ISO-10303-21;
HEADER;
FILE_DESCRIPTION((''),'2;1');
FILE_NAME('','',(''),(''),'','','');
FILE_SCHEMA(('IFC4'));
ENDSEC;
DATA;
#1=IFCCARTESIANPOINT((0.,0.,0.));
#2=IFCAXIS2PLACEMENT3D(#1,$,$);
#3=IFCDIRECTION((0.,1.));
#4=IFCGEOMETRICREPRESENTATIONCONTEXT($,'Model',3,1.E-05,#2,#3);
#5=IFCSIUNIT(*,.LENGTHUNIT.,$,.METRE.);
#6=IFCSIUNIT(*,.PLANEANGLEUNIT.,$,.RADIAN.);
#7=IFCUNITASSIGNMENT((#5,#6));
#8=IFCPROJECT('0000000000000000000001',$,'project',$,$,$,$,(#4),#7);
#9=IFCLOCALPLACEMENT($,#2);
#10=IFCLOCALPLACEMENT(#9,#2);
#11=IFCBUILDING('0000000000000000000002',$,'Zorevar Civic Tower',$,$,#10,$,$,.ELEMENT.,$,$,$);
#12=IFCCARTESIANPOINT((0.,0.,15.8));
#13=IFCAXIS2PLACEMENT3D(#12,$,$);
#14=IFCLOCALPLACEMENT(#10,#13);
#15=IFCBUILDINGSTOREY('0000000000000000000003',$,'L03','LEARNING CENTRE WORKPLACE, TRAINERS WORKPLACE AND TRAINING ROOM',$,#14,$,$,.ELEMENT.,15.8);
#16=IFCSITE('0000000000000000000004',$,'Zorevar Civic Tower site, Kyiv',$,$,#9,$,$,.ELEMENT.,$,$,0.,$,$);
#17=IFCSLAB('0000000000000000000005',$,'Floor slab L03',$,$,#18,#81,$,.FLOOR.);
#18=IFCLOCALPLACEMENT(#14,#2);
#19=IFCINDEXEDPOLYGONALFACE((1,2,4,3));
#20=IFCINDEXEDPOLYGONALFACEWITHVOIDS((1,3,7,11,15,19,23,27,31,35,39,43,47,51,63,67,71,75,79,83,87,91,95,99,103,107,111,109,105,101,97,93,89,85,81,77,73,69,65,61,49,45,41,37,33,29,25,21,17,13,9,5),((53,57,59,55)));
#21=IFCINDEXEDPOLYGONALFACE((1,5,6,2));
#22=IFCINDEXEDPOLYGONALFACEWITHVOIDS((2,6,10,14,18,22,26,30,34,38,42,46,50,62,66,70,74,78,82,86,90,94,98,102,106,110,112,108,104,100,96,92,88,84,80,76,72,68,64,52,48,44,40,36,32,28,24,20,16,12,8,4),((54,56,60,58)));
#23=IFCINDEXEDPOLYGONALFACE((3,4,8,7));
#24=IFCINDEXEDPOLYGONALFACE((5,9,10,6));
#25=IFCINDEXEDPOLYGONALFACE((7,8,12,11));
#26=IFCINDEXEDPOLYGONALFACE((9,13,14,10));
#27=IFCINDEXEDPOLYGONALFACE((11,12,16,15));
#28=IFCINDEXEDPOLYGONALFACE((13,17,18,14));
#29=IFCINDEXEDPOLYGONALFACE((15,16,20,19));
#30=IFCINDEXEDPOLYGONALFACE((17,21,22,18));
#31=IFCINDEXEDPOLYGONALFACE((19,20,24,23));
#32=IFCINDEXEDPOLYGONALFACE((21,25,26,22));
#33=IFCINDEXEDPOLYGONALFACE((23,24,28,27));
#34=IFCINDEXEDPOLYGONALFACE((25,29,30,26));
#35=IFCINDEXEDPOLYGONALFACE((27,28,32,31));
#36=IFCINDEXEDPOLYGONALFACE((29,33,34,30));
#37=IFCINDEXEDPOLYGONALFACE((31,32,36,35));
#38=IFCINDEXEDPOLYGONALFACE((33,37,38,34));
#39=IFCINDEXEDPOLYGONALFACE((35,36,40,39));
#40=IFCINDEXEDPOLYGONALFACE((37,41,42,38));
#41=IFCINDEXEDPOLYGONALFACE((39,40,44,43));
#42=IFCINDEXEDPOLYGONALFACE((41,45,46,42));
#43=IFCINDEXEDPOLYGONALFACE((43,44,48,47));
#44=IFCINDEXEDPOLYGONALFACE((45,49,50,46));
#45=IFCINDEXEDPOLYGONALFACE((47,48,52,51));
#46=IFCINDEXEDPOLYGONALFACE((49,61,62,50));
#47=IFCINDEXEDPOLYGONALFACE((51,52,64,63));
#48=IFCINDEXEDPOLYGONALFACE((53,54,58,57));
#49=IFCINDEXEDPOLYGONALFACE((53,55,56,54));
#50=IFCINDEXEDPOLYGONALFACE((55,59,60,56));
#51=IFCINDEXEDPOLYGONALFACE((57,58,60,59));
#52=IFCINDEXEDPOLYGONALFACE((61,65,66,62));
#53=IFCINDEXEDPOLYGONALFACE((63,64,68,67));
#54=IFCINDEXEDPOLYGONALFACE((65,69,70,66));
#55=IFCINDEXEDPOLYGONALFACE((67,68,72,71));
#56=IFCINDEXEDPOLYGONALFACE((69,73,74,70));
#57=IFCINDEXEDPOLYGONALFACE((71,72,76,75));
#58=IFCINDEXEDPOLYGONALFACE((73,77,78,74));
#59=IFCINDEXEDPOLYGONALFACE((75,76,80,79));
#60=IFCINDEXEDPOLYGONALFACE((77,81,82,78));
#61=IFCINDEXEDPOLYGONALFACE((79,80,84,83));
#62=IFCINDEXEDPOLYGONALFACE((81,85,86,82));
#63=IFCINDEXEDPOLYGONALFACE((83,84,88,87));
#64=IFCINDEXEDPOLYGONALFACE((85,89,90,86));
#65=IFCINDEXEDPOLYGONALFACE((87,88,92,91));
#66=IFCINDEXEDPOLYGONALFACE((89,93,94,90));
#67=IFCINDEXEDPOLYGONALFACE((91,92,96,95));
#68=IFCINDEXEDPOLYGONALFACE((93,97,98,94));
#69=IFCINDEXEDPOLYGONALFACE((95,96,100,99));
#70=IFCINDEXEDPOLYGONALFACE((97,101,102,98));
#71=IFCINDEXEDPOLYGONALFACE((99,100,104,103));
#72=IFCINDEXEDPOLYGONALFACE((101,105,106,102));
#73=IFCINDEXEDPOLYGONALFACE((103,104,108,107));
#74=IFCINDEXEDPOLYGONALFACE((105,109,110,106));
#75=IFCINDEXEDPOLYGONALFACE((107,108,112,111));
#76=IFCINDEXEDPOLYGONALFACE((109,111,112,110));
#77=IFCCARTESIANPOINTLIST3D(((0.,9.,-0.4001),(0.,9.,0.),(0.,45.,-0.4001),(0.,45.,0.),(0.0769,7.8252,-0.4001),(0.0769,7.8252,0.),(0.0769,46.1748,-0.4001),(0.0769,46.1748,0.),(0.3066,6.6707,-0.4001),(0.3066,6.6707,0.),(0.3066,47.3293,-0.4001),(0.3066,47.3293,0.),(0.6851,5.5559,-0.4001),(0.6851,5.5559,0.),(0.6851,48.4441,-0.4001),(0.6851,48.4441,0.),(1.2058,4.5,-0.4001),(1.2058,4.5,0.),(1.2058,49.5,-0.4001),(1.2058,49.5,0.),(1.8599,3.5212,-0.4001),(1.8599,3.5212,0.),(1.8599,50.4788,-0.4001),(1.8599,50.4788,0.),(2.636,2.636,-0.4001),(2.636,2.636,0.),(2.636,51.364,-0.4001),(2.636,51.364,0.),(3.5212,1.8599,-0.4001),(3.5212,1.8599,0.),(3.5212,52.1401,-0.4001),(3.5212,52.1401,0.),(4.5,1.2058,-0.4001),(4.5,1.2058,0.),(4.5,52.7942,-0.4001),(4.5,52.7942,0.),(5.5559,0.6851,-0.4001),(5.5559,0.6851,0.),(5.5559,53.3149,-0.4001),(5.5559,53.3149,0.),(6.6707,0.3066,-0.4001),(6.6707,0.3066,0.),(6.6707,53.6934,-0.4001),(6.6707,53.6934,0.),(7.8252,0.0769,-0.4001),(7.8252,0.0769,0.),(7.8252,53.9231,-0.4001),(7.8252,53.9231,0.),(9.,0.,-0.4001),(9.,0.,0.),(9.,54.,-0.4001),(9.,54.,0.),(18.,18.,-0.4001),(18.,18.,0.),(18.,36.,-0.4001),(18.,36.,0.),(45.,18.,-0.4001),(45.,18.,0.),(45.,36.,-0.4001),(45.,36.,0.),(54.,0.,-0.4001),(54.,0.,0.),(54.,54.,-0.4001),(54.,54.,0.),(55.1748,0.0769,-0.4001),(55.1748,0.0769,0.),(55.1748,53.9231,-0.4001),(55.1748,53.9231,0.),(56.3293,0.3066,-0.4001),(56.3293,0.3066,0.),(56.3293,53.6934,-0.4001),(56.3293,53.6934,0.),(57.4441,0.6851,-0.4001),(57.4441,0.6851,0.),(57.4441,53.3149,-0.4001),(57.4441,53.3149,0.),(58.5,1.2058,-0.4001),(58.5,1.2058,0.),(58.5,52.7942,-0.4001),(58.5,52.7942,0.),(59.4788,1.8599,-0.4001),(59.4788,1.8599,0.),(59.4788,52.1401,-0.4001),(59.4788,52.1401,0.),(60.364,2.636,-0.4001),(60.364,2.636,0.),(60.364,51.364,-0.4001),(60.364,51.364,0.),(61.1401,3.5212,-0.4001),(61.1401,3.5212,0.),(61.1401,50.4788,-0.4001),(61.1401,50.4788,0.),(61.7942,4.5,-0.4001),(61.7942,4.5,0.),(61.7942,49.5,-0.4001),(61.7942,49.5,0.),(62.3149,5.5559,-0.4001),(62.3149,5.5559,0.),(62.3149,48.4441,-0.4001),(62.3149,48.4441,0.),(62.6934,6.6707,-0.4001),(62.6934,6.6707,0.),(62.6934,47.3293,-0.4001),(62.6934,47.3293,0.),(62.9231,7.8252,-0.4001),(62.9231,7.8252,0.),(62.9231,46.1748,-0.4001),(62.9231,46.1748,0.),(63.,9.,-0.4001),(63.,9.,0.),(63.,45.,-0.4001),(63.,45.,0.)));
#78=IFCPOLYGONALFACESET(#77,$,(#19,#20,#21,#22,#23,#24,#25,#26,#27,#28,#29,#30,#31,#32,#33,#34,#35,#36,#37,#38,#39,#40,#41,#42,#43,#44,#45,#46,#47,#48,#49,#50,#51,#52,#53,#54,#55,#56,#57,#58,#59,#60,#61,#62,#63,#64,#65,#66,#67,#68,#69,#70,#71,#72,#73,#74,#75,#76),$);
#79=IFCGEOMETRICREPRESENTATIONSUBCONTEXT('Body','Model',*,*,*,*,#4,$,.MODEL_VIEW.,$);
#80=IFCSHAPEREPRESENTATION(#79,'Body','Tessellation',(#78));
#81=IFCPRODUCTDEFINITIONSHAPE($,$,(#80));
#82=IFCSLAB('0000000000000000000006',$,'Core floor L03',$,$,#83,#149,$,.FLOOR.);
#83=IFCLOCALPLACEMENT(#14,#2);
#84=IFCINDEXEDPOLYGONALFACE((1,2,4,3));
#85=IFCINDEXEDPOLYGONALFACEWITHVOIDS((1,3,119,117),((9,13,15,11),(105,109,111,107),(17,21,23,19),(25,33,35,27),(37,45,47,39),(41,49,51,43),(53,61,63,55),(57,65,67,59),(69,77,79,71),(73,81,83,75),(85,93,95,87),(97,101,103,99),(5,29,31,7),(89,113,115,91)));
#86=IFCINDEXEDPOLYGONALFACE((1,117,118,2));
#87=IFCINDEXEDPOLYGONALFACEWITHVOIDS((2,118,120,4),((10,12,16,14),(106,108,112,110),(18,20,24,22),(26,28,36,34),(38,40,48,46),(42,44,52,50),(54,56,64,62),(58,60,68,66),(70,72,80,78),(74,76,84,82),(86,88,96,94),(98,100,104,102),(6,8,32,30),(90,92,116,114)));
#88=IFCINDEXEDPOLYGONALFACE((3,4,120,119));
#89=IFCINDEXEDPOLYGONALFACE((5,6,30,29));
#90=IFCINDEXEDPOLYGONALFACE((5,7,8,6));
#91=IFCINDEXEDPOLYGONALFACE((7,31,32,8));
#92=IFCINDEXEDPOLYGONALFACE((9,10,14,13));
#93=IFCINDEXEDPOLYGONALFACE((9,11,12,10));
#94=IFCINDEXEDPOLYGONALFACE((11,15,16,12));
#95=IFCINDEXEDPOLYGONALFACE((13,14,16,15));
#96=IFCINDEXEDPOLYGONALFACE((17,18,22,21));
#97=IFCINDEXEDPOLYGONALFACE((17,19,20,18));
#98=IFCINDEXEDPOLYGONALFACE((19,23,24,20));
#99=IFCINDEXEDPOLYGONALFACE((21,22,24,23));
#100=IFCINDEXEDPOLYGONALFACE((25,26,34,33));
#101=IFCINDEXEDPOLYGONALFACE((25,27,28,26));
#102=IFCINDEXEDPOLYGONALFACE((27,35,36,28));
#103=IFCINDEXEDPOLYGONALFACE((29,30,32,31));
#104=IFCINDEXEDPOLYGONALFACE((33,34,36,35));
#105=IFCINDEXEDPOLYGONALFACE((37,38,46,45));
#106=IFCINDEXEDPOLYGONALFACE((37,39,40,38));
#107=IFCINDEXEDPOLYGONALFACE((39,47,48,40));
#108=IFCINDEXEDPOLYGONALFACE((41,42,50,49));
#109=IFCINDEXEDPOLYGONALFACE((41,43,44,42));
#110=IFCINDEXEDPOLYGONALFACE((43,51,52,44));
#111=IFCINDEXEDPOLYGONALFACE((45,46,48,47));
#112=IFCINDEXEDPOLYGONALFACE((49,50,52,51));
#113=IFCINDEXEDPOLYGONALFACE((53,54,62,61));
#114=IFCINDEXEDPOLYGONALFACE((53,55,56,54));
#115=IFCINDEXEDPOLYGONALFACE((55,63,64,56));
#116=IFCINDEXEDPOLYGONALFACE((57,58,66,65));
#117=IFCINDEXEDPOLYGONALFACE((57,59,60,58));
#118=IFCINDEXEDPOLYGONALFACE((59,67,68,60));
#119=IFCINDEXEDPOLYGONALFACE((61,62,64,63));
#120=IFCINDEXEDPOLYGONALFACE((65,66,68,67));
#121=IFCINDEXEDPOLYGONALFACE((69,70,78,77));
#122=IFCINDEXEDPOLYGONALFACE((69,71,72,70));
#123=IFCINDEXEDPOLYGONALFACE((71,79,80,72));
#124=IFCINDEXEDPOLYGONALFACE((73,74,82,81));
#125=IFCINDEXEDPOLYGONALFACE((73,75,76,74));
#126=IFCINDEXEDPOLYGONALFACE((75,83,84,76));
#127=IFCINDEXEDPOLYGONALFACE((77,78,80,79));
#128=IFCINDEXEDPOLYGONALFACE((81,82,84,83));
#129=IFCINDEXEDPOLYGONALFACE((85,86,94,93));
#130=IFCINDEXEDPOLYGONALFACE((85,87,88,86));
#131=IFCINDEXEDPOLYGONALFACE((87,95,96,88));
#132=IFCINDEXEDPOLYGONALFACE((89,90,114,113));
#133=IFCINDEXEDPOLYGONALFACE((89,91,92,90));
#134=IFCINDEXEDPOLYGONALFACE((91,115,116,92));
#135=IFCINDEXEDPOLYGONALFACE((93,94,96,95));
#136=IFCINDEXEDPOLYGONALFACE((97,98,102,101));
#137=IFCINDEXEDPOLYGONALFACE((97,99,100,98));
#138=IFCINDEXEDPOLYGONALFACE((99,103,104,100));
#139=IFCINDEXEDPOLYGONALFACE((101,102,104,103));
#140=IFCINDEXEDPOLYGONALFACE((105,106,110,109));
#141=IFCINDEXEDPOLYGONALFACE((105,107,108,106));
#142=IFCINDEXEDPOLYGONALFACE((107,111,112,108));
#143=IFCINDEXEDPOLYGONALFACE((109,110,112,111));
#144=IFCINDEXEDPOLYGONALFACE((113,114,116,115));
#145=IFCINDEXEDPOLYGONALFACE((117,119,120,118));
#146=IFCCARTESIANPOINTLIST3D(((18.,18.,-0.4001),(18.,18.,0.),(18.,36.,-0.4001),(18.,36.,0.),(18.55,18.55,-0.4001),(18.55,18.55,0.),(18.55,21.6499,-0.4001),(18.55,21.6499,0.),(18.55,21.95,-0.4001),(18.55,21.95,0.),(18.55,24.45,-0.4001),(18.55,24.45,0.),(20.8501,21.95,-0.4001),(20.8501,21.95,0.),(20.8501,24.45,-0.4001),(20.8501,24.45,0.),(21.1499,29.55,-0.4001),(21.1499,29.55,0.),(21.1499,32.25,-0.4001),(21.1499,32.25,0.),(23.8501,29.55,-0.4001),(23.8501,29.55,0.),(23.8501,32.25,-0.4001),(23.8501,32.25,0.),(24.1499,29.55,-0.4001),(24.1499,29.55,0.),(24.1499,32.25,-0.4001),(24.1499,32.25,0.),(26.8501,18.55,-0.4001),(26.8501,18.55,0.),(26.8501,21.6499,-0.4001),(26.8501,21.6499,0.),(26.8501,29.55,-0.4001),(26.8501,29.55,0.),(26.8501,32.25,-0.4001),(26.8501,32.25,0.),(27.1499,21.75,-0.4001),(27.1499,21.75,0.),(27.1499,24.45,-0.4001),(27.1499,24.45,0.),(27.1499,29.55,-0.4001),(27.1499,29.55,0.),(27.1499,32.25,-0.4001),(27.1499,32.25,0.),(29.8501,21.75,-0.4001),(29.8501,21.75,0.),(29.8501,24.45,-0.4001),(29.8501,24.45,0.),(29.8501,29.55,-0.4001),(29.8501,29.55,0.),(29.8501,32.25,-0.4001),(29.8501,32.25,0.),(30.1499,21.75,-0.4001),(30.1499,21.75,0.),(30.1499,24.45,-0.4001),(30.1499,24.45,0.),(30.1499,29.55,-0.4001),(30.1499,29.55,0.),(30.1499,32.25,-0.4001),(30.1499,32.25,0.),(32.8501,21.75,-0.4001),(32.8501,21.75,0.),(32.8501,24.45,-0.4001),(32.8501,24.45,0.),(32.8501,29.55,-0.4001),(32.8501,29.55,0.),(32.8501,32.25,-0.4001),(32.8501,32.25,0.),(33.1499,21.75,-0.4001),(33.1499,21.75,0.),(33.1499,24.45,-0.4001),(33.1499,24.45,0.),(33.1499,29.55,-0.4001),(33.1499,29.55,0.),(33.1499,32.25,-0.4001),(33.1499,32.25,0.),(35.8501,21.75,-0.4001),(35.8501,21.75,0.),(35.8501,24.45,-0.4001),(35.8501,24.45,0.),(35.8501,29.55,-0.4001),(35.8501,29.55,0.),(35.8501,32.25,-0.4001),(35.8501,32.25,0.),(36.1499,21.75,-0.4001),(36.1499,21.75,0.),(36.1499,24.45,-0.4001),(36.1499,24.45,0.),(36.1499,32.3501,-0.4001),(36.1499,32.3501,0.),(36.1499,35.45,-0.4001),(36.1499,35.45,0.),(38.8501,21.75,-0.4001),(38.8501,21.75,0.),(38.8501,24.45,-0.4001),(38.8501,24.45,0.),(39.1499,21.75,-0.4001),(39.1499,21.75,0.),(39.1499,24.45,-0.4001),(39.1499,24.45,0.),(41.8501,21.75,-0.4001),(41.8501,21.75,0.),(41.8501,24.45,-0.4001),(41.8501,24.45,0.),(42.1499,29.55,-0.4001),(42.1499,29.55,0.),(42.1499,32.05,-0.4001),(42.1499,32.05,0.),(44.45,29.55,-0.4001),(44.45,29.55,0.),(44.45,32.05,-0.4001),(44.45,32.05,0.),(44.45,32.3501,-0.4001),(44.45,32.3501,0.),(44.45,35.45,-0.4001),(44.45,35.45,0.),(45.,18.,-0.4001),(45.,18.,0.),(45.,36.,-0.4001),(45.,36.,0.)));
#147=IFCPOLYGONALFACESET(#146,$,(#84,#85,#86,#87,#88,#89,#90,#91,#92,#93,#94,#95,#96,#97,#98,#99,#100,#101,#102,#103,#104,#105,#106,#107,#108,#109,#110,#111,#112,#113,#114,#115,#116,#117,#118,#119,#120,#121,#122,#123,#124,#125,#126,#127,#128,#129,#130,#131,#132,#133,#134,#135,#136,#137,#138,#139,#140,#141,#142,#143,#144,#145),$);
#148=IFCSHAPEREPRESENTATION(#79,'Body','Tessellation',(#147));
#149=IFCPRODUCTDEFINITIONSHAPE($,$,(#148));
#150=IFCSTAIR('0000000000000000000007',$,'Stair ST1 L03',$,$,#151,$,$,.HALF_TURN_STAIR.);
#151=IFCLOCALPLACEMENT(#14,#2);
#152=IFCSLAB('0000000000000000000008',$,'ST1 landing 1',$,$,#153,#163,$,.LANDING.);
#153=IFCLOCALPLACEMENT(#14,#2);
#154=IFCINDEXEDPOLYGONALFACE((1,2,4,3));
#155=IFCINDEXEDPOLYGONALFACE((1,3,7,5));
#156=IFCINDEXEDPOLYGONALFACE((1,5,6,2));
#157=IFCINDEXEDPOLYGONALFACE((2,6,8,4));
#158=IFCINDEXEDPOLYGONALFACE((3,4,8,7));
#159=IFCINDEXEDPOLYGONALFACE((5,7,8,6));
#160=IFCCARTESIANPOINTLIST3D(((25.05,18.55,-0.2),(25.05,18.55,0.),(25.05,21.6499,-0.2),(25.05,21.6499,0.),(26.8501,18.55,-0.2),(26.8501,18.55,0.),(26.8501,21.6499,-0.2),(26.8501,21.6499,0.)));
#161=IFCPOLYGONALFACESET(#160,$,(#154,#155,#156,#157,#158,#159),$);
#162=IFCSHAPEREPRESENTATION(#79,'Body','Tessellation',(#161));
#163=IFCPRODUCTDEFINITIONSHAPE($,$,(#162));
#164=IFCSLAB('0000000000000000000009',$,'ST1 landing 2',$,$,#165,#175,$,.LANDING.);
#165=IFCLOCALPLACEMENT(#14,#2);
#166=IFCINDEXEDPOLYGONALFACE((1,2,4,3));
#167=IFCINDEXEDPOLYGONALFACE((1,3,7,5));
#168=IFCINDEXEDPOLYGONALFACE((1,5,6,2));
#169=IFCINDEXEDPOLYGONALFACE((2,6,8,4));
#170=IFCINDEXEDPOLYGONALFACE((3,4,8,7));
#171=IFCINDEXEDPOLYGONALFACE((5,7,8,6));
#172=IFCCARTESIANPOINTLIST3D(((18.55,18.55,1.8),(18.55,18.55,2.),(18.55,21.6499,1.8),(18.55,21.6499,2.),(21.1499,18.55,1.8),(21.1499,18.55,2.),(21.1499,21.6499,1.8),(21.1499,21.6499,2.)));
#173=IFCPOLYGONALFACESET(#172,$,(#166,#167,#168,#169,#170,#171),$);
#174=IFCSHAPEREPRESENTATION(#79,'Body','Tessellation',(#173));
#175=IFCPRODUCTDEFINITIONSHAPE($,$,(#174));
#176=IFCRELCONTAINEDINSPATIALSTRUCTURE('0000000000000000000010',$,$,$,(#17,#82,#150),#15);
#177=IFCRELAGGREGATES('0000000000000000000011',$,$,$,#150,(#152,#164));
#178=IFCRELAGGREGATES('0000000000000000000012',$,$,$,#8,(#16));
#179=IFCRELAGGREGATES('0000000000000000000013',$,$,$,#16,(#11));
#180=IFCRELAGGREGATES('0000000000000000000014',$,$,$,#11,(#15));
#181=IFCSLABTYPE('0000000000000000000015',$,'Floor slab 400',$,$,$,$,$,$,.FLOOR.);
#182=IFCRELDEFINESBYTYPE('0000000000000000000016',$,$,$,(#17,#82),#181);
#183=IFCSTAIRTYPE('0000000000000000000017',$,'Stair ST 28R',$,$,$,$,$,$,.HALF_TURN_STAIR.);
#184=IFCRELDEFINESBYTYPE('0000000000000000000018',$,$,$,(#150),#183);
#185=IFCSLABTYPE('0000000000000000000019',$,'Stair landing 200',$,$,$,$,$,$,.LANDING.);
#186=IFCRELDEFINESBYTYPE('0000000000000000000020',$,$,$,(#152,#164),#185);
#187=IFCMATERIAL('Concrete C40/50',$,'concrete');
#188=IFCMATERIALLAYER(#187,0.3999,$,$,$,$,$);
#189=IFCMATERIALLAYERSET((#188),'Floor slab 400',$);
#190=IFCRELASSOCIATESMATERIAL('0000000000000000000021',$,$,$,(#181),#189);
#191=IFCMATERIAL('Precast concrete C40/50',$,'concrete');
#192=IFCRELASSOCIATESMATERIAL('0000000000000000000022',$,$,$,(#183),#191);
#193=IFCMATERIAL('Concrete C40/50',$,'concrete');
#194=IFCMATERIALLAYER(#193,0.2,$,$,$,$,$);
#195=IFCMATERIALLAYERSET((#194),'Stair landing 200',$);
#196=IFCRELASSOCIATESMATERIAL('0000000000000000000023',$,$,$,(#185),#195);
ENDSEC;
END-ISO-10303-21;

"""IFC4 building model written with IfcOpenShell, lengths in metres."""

from ifc_helpers import new_model, si_unit, direction, frame, origin, place, context, subcontext, project, spatial, polyline, outline, extrude, material, layer, layer_set, type_object, element, aggregate, save


model = new_model("IFC4")

# Units and contexts
model_context = context("Model", 3, precision=1e-05, world=origin(), true_north=direction((0.0, 1.0)))
body_context = subcontext(model_context, "Body", "Model", "MODEL_VIEW")
ifc_project = project(units=[si_unit("LENGTHUNIT", "METRE"), si_unit("PLANEANGLEUNIT", "RADIAN")], contexts=[model_context])

# Site, building, storey
site_placement = place(None, origin())
site = spatial("IfcSite", under=ifc_project, at=site_placement, Name="Zorevar Civic Tower site, Kyiv", CompositionType="ELEMENT", RefElevation=0.0)
building_placement = place(site_placement, origin())
building = spatial("IfcBuilding", under=site, at=building_placement, Name="Zorevar Civic Tower", CompositionType="ELEMENT")
storey_placement = place(building_placement, frame((0.0, 0.0, 15.8)))
storey = spatial("IfcBuildingStorey", under=building, at=storey_placement, Name="L03", Description="LEARNING CENTRE WORKPLACE, TRAINERS WORKPLACE AND TRAINING ROOM", CompositionType="ELEMENT", Elevation=15.8)

# Slabs
ifc_material_1 = material(Name="Concrete C40/50", Category="concrete")
ifc_layer_1 = layer(ifc_material_1, 0.3999)
ifc_layer_set_1 = layer_set([ifc_layer_1], Name="Floor slab 400")
slab_type_1 = type_object("IfcSlabType", Name="Floor slab 400", PredefinedType="FLOOR", material=ifc_layer_set_1)
slab_1_placement = place(storey_placement, frame((0.0, 0.0, -0.4001)))
element("IfcSlab", 1, at=slab_1_placement, inside=storey, type_object=slab_type_1, Name="Floor slab L03", PredefinedType="FLOOR", context=body_context, shape_type="SweptSolid", body=[
    extrude(outline(polyline([(54.0, 0.0), (55.1748, 0.0769), (56.3293, 0.3066), (57.4441, 0.6851), (58.5, 1.2058), (59.4788, 1.8599), (60.364, 2.636), (61.1401, 3.5212), (61.7942, 4.5), (62.3149, 5.5559), (62.6934, 6.6707), (62.9231, 7.8252), (63.0, 9.0), (63.0, 45.0), (62.9231, 46.1748), (62.6934, 47.3293), (62.3149, 48.4441), (61.7942, 49.5), (61.1401, 50.4788), (60.364, 51.364), (59.4788, 52.1401), (58.5, 52.7942), (57.4441, 53.3149), (56.3293, 53.6934), (55.1748, 53.9231), (54.0, 54.0), (9.0, 54.0), (7.8252, 53.9231), (6.6707, 53.6934), (5.5559, 53.3149), (4.5, 52.7942), (3.5212, 52.1401), (2.636, 51.364), (1.8599, 50.4788), (1.2058, 49.5), (0.6851, 48.4441), (0.3066, 47.3293), (0.0769, 46.1748), (0.0, 45.0), (0.0, 9.0), (0.0769, 7.8252), (0.3066, 6.6707), (0.6851, 5.5559), (1.2058, 4.5), (1.8599, 3.5212), (2.636, 2.636), (3.5212, 1.8599), (4.5, 1.2058), (5.5559, 0.6851), (6.6707, 0.3066), (7.8252, 0.0769), (9.0, 0.0), (54.0, 0.0)]), holes=[polyline([(18.0, 18.0), (45.0, 18.0), (45.0, 36.0), (18.0, 36.0), (18.0, 18.0)])]), origin(), (0.0, 0.0, 1.0), 0.4001),
])
slab_2_placement = place(storey_placement, frame((0.0, 0.0, -0.4001)))
element("IfcSlab", 2, at=slab_2_placement, inside=storey, type_object=slab_type_1, Name="Core floor L03", PredefinedType="FLOOR", context=body_context, shape_type="SweptSolid", body=[
    extrude(outline(polyline([(18.0, 18.0), (45.0, 18.0), (45.0, 36.0), (18.0, 36.0), (18.0, 18.0)]), holes=[polyline([(18.55, 18.55), (26.8501, 18.55), (26.8501, 21.6499), (18.55, 21.6499), (18.55, 18.55)]), polyline([(36.1499, 32.3501), (44.45, 32.3501), (44.45, 35.45), (36.1499, 35.45), (36.1499, 32.3501)]), polyline([(18.55, 21.95), (20.8501, 21.95), (20.8501, 24.45), (18.55, 24.45), (18.55, 21.95)]), polyline([(42.1499, 29.55), (44.45, 29.55), (44.45, 32.05), (42.1499, 32.05), (42.1499, 29.55)]), polyline([(27.1499, 21.75), (29.8501, 21.75), (29.8501, 24.45), (27.1499, 24.45), (27.1499, 21.75)]), polyline([(33.1499, 29.55), (35.8501, 29.55), (35.8501, 32.25), (33.1499, 32.25), (33.1499, 29.55)]), polyline([(30.1499, 21.75), (32.8501, 21.75), (32.8501, 24.45), (30.1499, 24.45), (30.1499, 21.75)]), polyline([(30.1499, 29.55), (32.8501, 29.55), (32.8501, 32.25), (30.1499, 32.25), (30.1499, 29.55)]), polyline([(33.1499, 21.75), (35.8501, 21.75), (35.8501, 24.45), (33.1499, 24.45), (33.1499, 21.75)]), polyline([(27.1499, 29.55), (29.8501, 29.55), (29.8501, 32.25), (27.1499, 32.25), (27.1499, 29.55)]), polyline([(36.1499, 21.75), (38.8501, 21.75), (38.8501, 24.45), (36.1499, 24.45), (36.1499, 21.75)]), polyline([(24.1499, 29.55), (26.8501, 29.55), (26.8501, 32.25), (24.1499, 32.25), (24.1499, 29.55)]), polyline([(39.1499, 21.75), (41.8501, 21.75), (41.8501, 24.45), (39.1499, 24.45), (39.1499, 21.75)]), polyline([(21.1499, 29.55), (23.8501, 29.55), (23.8501, 32.25), (21.1499, 32.25), (21.1499, 29.55)])]), origin(), (0.0, 0.0, 1.0), 0.4001),
])

# Stair, slabs
ifc_material_2 = material(Name="Precast concrete C40/50", Category="concrete")
stair_type = type_object("IfcStairType", Name="Stair ST 28R", PredefinedType="HALF_TURN_STAIR", material=ifc_material_2)
stair_1_placement = place(storey_placement, origin())
stair_1 = element("IfcStair", 3, at=stair_1_placement, inside=storey, type_object=stair_type, Name="Stair ST1 L03", PredefinedType="HALF_TURN_STAIR")
ifc_material_3 = material(Name="Concrete C40/50", Category="concrete")
ifc_layer_2 = layer(ifc_material_3, 0.2)
ifc_layer_set_2 = layer_set([ifc_layer_2], Name="Stair landing 200")
slab_type_2 = type_object("IfcSlabType", Name="Stair landing 200", PredefinedType="LANDING", material=ifc_layer_set_2)
slab_3_placement = place(storey_placement, frame((0.0, 0.0, -0.2)))
slab_3 = element("IfcSlab", 4, at=slab_3_placement, type_object=slab_type_2, Name="ST1 landing 1", PredefinedType="LANDING", context=body_context, shape_type="SweptSolid", body=[
    extrude(outline(polyline([(25.05, 18.55), (26.8501, 18.55), (26.8501, 21.6499), (25.05, 21.6499), (25.05, 18.55)])), origin(), (0.0, 0.0, 1.0), 0.2),
])
slab_4_placement = place(storey_placement, frame((0.0, 0.0, 1.8)))
slab_4 = element("IfcSlab", 5, at=slab_4_placement, type_object=slab_type_2, Name="ST1 landing 2", PredefinedType="LANDING", context=body_context, shape_type="SweptSolid", body=[
    extrude(outline(polyline([(18.55, 18.55), (21.1499, 18.55), (21.1499, 21.6499), (18.55, 21.6499), (18.55, 18.55)])), origin(), (0.0, 0.0, 1.0), 0.2),
])
aggregate(stair_1, [slab_3, slab_4])

save(model, "model.ifc")
